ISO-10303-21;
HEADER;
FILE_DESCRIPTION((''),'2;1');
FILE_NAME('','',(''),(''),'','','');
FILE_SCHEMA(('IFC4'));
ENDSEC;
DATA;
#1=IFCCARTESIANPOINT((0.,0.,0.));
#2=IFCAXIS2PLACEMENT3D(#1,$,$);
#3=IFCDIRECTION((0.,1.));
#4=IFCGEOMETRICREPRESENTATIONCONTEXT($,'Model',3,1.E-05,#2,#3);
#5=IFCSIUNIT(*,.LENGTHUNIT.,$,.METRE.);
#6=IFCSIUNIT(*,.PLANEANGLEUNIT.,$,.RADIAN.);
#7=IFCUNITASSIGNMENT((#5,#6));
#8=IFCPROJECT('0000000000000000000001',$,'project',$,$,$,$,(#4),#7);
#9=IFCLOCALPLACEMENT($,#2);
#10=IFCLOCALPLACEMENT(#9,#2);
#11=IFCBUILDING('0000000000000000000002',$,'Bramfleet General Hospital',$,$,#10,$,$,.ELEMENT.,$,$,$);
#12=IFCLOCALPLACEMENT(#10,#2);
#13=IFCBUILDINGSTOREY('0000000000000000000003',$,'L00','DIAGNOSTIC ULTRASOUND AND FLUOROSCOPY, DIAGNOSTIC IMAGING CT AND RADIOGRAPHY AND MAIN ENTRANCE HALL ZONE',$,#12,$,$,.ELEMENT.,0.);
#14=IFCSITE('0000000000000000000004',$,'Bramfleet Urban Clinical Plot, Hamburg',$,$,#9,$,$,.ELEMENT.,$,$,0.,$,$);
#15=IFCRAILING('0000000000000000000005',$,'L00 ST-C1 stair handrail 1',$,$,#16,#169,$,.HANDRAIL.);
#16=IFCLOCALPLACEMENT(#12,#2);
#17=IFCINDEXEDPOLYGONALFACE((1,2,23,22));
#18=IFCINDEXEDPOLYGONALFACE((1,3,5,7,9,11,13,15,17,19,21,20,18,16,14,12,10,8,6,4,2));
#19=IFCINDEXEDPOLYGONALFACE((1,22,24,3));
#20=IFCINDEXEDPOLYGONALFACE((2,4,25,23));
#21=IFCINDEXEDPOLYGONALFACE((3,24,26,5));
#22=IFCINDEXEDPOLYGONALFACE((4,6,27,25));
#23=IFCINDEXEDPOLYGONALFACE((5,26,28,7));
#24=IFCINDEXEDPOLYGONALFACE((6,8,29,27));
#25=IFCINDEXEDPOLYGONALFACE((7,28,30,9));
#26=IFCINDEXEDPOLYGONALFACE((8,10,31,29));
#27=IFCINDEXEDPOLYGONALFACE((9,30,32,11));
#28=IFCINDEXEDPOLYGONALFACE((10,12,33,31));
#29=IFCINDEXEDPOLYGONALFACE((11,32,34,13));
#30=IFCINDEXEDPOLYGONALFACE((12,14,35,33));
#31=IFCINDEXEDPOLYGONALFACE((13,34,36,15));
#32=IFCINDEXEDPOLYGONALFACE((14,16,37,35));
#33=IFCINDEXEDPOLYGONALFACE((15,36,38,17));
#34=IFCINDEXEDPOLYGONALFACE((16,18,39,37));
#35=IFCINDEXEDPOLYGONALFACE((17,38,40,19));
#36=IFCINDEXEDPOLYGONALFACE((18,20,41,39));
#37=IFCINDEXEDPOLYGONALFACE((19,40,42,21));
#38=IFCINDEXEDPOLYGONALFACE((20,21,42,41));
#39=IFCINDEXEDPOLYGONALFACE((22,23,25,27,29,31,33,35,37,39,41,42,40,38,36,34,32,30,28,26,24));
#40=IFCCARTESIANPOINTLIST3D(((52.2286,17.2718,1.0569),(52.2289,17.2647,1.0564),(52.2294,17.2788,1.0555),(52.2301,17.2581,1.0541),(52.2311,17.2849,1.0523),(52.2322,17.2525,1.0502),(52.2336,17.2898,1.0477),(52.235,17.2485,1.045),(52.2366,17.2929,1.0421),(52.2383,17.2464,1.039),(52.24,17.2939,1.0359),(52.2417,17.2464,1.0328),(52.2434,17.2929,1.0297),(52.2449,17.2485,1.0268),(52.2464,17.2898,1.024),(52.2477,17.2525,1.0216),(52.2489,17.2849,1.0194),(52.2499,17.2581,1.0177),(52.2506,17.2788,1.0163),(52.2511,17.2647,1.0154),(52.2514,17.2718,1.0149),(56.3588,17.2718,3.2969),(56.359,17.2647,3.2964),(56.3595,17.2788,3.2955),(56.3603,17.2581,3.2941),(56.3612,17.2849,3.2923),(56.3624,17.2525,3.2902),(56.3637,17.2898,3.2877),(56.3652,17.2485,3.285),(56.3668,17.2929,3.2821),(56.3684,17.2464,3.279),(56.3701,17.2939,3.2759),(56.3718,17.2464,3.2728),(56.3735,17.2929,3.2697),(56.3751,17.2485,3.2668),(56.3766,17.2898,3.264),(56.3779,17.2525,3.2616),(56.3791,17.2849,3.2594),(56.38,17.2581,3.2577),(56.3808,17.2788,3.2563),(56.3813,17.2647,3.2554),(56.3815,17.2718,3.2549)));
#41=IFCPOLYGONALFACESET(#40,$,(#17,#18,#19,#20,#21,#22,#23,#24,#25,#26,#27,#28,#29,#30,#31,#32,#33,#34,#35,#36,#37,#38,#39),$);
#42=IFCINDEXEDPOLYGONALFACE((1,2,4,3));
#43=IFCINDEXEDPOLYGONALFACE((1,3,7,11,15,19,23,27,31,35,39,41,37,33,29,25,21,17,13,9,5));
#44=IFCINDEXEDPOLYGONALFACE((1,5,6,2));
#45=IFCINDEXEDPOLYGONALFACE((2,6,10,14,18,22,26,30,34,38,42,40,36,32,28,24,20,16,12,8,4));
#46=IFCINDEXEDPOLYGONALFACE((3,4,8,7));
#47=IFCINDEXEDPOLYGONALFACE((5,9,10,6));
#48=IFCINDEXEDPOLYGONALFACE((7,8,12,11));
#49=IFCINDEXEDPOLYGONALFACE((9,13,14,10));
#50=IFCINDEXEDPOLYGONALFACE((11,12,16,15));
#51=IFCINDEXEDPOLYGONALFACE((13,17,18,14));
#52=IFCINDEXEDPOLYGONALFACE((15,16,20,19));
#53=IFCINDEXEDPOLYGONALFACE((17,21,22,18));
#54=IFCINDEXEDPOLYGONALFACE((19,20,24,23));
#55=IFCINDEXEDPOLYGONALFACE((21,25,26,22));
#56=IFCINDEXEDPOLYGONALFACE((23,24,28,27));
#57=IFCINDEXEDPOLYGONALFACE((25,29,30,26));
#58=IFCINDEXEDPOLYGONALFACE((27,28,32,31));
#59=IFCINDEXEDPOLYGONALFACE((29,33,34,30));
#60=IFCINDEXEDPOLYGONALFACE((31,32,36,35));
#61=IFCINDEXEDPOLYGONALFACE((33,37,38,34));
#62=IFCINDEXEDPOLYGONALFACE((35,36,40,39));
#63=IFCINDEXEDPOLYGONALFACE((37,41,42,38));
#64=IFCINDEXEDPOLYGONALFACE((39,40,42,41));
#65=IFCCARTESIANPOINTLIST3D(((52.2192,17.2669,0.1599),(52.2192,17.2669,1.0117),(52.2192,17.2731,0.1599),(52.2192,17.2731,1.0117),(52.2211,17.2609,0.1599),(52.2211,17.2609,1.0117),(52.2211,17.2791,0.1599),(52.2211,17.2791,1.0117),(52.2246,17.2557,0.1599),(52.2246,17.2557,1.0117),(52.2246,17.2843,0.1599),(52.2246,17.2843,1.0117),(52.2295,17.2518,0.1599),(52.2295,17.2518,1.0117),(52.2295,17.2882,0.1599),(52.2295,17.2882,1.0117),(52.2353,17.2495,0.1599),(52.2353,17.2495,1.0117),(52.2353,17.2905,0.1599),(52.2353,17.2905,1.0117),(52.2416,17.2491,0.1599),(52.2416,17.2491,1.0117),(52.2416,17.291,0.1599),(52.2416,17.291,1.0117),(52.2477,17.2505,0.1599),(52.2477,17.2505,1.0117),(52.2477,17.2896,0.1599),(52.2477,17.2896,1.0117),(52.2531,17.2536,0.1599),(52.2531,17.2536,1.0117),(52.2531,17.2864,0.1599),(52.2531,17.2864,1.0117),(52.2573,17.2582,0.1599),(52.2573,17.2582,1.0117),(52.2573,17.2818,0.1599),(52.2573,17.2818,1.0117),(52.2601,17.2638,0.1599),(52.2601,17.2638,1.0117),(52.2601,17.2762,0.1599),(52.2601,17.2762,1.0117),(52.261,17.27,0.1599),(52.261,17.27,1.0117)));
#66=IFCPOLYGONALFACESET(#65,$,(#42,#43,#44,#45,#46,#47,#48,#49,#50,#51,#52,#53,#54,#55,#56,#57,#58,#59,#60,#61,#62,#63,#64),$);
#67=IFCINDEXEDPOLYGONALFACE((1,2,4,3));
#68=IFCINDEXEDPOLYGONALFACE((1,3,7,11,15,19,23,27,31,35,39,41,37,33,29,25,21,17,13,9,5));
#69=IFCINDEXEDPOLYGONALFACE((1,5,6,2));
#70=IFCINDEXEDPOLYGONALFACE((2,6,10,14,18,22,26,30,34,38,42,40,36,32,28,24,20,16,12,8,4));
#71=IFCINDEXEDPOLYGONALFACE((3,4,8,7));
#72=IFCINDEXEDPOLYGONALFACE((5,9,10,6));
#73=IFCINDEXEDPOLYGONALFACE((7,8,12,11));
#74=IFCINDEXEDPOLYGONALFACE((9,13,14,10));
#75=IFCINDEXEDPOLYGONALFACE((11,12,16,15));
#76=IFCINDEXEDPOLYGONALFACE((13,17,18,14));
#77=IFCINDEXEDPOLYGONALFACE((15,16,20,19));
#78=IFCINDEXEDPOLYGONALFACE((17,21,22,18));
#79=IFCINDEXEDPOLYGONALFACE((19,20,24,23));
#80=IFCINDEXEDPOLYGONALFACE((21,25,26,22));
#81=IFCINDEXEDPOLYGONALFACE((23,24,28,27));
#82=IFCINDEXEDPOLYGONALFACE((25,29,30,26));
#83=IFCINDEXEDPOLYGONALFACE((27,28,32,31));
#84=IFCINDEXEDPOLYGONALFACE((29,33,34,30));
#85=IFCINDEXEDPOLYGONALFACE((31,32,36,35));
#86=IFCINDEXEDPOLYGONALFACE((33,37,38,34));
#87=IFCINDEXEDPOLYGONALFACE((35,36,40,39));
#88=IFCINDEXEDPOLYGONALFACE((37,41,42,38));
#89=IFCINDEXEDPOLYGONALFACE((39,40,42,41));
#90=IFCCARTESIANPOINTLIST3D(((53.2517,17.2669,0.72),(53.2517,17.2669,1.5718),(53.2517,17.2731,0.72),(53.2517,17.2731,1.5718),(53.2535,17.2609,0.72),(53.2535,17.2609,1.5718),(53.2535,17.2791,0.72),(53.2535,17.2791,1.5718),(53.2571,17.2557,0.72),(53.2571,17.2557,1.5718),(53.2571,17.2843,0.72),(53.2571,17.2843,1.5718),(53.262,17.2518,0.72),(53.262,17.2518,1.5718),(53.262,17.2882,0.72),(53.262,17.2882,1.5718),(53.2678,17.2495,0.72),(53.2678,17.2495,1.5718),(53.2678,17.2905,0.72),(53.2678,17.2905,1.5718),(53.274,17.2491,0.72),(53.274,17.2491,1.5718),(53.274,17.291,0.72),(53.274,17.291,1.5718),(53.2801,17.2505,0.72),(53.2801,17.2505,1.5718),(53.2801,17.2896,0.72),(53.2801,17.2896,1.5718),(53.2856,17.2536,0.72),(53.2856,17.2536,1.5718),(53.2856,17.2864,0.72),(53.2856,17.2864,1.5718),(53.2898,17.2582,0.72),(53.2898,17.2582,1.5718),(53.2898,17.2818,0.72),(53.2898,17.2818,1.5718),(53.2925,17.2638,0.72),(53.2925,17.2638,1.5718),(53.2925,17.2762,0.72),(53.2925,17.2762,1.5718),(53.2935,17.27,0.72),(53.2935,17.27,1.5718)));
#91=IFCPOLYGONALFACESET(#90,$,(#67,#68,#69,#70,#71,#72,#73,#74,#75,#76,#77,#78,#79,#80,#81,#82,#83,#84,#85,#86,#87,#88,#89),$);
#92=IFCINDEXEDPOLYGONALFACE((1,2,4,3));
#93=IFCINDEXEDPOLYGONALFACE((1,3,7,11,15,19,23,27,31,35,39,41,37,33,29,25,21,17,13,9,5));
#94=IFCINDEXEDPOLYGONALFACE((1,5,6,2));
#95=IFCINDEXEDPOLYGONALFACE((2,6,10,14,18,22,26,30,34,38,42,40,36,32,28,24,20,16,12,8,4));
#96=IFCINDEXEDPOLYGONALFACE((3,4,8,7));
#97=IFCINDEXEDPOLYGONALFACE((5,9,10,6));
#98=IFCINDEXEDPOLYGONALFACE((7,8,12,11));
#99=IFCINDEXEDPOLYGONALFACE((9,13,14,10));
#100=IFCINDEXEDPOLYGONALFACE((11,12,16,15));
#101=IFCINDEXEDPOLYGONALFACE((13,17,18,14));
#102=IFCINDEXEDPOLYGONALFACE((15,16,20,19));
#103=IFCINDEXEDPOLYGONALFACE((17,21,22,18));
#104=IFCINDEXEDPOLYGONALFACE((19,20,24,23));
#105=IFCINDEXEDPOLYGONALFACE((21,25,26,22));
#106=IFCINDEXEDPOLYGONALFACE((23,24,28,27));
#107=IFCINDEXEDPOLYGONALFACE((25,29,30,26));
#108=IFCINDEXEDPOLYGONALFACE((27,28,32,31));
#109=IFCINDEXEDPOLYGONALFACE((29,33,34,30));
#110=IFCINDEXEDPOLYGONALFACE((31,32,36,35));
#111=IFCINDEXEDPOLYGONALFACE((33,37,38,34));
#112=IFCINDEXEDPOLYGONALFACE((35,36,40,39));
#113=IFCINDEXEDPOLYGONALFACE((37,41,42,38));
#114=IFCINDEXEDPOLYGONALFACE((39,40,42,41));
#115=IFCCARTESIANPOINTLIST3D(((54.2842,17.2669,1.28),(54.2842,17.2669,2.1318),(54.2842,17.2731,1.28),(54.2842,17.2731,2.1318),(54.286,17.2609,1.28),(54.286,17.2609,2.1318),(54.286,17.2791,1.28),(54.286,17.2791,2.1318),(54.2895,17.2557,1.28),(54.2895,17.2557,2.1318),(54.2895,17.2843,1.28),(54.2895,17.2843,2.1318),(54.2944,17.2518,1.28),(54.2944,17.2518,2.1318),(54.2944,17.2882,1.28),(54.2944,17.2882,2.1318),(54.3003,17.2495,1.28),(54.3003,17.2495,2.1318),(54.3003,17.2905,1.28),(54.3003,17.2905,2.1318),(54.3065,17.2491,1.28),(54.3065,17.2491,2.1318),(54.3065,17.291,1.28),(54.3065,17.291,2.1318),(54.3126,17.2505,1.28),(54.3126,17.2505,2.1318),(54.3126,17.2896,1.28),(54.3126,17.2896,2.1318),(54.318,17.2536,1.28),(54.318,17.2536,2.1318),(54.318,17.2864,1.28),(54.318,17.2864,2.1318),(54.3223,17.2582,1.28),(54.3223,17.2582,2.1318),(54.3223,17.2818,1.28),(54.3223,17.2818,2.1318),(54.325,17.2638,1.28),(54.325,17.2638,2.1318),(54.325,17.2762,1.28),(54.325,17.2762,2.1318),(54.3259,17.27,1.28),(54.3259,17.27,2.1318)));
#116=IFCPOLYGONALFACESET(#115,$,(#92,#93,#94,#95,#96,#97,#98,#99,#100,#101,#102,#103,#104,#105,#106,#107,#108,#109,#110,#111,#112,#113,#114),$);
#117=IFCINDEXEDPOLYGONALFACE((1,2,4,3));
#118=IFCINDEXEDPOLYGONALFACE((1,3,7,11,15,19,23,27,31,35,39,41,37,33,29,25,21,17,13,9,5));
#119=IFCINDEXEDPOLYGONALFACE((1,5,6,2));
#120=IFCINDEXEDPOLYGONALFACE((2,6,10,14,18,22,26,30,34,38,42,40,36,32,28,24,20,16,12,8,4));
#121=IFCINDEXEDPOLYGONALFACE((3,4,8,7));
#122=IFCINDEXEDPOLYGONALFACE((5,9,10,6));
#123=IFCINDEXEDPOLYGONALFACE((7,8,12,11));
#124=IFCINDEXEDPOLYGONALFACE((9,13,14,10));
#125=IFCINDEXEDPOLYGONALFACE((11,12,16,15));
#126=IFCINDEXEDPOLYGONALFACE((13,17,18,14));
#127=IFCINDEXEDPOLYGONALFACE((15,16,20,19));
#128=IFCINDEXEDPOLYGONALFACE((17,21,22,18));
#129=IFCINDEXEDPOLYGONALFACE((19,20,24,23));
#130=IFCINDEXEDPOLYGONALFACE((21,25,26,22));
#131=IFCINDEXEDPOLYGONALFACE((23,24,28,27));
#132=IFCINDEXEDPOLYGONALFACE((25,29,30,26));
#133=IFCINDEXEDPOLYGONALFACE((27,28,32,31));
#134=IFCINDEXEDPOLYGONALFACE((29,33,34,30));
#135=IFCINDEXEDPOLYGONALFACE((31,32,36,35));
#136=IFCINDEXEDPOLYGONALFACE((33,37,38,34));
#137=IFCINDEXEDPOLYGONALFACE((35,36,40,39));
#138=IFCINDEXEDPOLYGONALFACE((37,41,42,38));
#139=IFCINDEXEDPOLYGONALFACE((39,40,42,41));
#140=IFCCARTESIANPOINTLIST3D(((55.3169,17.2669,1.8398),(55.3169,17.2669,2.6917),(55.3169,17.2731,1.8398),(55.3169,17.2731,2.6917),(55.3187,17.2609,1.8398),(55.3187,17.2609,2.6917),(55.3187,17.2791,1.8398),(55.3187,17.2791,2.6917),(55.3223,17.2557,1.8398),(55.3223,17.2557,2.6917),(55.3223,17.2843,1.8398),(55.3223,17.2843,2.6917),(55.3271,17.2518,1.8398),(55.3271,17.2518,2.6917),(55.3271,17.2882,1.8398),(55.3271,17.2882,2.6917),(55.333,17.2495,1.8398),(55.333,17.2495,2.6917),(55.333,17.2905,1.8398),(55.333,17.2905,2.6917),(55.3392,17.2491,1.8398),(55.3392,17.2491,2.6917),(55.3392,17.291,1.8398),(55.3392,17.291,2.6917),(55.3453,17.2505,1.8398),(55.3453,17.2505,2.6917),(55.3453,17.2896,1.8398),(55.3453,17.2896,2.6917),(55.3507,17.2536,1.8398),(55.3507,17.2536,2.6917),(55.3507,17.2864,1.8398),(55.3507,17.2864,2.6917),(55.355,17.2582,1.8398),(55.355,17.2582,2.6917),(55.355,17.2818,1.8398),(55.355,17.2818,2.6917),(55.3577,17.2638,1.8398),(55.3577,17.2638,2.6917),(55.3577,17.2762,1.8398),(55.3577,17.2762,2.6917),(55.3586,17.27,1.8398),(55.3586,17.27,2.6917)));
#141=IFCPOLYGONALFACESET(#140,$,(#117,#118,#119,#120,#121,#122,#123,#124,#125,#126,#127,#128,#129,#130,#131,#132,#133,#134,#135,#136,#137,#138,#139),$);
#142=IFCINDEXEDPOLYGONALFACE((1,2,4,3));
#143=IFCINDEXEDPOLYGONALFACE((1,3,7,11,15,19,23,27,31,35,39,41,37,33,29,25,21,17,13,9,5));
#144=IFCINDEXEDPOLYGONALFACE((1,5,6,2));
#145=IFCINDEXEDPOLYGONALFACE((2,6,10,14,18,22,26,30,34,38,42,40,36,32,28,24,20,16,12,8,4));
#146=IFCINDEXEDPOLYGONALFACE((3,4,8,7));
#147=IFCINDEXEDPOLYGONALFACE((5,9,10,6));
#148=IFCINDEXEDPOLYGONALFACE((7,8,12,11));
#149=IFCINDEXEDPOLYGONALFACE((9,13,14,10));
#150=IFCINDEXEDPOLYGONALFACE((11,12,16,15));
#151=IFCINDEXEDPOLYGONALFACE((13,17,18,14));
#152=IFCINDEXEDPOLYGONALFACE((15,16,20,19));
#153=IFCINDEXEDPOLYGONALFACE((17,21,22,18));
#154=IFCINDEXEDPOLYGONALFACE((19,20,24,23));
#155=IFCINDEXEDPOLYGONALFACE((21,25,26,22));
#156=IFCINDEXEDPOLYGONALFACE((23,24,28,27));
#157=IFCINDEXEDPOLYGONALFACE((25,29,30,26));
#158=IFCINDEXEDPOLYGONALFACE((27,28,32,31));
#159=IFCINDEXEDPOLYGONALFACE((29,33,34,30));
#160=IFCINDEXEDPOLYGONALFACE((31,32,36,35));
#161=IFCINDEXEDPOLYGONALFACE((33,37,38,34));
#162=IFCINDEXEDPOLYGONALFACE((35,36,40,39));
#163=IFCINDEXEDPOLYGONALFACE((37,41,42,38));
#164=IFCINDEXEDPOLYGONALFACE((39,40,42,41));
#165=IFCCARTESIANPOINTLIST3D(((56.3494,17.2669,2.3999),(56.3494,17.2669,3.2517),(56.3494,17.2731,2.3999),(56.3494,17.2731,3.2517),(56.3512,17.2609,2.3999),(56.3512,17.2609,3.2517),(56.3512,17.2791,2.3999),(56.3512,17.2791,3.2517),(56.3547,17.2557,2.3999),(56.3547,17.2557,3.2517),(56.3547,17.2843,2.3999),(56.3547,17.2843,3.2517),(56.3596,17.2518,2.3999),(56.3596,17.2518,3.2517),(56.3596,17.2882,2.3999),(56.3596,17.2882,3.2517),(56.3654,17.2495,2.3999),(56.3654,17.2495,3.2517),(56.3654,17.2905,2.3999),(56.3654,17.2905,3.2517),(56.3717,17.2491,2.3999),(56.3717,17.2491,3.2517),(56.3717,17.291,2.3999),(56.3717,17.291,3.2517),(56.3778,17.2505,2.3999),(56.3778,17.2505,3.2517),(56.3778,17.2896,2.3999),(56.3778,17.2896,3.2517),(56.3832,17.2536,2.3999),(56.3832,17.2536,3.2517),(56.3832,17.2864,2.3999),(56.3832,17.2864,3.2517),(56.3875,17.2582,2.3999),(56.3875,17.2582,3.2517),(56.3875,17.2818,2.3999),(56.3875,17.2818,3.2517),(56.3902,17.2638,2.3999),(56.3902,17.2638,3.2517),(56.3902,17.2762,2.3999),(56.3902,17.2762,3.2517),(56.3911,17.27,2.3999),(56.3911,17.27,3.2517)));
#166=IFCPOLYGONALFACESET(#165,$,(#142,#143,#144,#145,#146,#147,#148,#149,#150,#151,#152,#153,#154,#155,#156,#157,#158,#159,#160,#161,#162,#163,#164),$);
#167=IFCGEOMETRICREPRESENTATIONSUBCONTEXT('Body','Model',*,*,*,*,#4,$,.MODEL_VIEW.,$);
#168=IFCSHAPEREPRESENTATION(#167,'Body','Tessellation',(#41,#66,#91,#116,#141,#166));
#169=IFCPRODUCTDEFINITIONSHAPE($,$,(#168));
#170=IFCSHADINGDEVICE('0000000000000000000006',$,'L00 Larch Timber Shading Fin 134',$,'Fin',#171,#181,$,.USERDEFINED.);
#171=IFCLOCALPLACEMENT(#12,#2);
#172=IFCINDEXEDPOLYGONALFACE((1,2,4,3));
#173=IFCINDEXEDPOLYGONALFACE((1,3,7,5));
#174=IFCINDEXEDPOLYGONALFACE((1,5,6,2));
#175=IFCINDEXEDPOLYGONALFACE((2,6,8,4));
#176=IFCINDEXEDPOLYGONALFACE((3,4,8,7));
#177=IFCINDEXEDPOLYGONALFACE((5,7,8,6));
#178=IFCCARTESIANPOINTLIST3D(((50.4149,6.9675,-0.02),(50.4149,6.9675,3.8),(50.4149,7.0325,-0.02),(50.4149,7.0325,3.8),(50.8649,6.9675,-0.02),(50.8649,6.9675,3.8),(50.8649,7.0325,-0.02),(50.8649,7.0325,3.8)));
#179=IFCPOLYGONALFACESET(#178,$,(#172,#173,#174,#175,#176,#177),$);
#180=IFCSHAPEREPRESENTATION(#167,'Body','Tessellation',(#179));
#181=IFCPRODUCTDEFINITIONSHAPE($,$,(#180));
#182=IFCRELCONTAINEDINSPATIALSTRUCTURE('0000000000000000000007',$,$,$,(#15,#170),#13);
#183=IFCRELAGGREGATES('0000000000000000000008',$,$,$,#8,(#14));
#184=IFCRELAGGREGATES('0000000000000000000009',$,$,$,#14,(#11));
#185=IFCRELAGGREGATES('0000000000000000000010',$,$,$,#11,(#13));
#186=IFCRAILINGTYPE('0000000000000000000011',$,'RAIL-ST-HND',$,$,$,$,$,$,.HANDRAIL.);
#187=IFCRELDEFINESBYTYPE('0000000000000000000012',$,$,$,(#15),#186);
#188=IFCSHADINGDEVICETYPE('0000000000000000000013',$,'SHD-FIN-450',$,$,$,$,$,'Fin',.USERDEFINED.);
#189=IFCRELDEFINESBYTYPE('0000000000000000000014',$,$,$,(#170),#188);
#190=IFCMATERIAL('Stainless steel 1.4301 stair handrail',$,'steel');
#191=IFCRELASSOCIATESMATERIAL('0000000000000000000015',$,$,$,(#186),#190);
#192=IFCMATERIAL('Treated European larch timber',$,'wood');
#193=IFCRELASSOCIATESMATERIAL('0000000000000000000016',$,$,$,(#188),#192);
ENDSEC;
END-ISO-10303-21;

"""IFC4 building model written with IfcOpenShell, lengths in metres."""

from ifc_helpers import new_model, si_unit, direction, frame, origin, origin_2d, place, context, subcontext, project, spatial, rectangle, circle, extrude, material, material_profile, profile_set, type_object, element, save


model = new_model("IFC4")

# Units and contexts
model_context = context("Model", 3, precision=1e-05, world=origin(), true_north=direction((0.0, 1.0)))
body_context = subcontext(model_context, "Body", "Model", "MODEL_VIEW")
ifc_project = project(units=[si_unit("LENGTHUNIT", "METRE"), si_unit("PLANEANGLEUNIT", "RADIAN")], contexts=[model_context])

# Site, building, storey
site_placement = place(None, origin())
site = spatial("IfcSite", under=ifc_project, at=site_placement, Name="Bramfleet Urban Clinical Plot, Hamburg", CompositionType="ELEMENT", RefElevation=0.0)
building_placement = place(site_placement, origin())
building = spatial("IfcBuilding", under=site, at=building_placement, Name="Bramfleet General Hospital", CompositionType="ELEMENT")
storey_placement = place(building_placement, origin())
storey = spatial("IfcBuildingStorey", under=building, at=storey_placement, Name="L00", Description="DIAGNOSTIC ULTRASOUND AND FLUOROSCOPY, DIAGNOSTIC IMAGING CT AND RADIOGRAPHY AND MAIN ENTRANCE HALL ZONE", CompositionType="ELEMENT", Elevation=0.0)

# Railing
ifc_material_1 = material(Name="Stainless steel 1.4301 stair handrail", Category="steel")
railing_type_1 = type_object("IfcRailingType", Name="RAIL-ST-HND", PredefinedType="HANDRAIL", material=ifc_material_1)
railing_1_placement = place(storey_placement, frame((52.24, 17.27, 0.1599)))
element("IfcRailing", 1, at=railing_1_placement, inside=storey, type_object=railing_type_1, Name="L00 ST-C1 stair handrail 1", PredefinedType="HANDRAIL", context=body_context, shape_type="SweptSolid", body=[
    extrude(circle(Radius=0.0239, at=origin_2d()), frame((0.0, 0.0, 0.876), z_axis=(0.879039, 0.0, 0.47675), x_axis=(0.0, 1.0, 0.0)), (0.0, 0.0, 1.0), 4.6985),
    extrude(circle(Radius=0.021, at=origin_2d()), origin(), (0.0, 0.0, 1.0), 0.8518),
    extrude(circle(Radius=0.021, at=origin_2d()), frame((1.0325, 0.0, 0.5601)), (0.0, 0.0, 1.0), 0.8518),
    extrude(circle(Radius=0.021, at=origin_2d()), frame((2.0649, 0.0, 1.1201)), (0.0, 0.0, 1.0), 0.8518),
    extrude(circle(Radius=0.021, at=origin_2d()), frame((3.0977, 0.0, 1.6799)), (0.0, 0.0, 1.0), 0.8518),
    extrude(circle(Radius=0.021, at=origin_2d()), frame((4.1301, 0.0, 2.24)), (0.0, 0.0, 1.0), 0.8518),
])

# Shading device
ifc_material_2 = material(Name="Treated European larch timber", Category="wood")
ifc_material_profile_1 = material_profile(ifc_material_2, rectangle(XDim=0.0649, YDim=0.45, at=origin_2d()), Name="LARCH FIN 450x65")
ifc_profile_set_1 = profile_set([ifc_material_profile_1], Name="Treated European larch timber")
shading_device_type = type_object("IfcShadingDeviceType", Name="SHD-FIN-450", ElementType="Fin", PredefinedType="USERDEFINED", material=ifc_profile_set_1)
shading_device_placement = place(storey_placement, frame((50.6399, 7.0, -0.02), z_axis=(0.0, 0.0, 1.0), x_axis=(0.0, -1.0, 0.0)))
element("IfcShadingDevice", 2, at=shading_device_placement, inside=storey, type_object=shading_device_type, Name="L00 Larch Timber Shading Fin 134", ObjectType="Fin", PredefinedType="USERDEFINED", context=body_context, shape_type="SweptSolid", body=[
    extrude(rectangle(XDim=0.0649, YDim=0.45, at=origin_2d()), origin(), (0.0, 0.0, 1.0), 3.8201),
])

save(model, "model.ifc")
